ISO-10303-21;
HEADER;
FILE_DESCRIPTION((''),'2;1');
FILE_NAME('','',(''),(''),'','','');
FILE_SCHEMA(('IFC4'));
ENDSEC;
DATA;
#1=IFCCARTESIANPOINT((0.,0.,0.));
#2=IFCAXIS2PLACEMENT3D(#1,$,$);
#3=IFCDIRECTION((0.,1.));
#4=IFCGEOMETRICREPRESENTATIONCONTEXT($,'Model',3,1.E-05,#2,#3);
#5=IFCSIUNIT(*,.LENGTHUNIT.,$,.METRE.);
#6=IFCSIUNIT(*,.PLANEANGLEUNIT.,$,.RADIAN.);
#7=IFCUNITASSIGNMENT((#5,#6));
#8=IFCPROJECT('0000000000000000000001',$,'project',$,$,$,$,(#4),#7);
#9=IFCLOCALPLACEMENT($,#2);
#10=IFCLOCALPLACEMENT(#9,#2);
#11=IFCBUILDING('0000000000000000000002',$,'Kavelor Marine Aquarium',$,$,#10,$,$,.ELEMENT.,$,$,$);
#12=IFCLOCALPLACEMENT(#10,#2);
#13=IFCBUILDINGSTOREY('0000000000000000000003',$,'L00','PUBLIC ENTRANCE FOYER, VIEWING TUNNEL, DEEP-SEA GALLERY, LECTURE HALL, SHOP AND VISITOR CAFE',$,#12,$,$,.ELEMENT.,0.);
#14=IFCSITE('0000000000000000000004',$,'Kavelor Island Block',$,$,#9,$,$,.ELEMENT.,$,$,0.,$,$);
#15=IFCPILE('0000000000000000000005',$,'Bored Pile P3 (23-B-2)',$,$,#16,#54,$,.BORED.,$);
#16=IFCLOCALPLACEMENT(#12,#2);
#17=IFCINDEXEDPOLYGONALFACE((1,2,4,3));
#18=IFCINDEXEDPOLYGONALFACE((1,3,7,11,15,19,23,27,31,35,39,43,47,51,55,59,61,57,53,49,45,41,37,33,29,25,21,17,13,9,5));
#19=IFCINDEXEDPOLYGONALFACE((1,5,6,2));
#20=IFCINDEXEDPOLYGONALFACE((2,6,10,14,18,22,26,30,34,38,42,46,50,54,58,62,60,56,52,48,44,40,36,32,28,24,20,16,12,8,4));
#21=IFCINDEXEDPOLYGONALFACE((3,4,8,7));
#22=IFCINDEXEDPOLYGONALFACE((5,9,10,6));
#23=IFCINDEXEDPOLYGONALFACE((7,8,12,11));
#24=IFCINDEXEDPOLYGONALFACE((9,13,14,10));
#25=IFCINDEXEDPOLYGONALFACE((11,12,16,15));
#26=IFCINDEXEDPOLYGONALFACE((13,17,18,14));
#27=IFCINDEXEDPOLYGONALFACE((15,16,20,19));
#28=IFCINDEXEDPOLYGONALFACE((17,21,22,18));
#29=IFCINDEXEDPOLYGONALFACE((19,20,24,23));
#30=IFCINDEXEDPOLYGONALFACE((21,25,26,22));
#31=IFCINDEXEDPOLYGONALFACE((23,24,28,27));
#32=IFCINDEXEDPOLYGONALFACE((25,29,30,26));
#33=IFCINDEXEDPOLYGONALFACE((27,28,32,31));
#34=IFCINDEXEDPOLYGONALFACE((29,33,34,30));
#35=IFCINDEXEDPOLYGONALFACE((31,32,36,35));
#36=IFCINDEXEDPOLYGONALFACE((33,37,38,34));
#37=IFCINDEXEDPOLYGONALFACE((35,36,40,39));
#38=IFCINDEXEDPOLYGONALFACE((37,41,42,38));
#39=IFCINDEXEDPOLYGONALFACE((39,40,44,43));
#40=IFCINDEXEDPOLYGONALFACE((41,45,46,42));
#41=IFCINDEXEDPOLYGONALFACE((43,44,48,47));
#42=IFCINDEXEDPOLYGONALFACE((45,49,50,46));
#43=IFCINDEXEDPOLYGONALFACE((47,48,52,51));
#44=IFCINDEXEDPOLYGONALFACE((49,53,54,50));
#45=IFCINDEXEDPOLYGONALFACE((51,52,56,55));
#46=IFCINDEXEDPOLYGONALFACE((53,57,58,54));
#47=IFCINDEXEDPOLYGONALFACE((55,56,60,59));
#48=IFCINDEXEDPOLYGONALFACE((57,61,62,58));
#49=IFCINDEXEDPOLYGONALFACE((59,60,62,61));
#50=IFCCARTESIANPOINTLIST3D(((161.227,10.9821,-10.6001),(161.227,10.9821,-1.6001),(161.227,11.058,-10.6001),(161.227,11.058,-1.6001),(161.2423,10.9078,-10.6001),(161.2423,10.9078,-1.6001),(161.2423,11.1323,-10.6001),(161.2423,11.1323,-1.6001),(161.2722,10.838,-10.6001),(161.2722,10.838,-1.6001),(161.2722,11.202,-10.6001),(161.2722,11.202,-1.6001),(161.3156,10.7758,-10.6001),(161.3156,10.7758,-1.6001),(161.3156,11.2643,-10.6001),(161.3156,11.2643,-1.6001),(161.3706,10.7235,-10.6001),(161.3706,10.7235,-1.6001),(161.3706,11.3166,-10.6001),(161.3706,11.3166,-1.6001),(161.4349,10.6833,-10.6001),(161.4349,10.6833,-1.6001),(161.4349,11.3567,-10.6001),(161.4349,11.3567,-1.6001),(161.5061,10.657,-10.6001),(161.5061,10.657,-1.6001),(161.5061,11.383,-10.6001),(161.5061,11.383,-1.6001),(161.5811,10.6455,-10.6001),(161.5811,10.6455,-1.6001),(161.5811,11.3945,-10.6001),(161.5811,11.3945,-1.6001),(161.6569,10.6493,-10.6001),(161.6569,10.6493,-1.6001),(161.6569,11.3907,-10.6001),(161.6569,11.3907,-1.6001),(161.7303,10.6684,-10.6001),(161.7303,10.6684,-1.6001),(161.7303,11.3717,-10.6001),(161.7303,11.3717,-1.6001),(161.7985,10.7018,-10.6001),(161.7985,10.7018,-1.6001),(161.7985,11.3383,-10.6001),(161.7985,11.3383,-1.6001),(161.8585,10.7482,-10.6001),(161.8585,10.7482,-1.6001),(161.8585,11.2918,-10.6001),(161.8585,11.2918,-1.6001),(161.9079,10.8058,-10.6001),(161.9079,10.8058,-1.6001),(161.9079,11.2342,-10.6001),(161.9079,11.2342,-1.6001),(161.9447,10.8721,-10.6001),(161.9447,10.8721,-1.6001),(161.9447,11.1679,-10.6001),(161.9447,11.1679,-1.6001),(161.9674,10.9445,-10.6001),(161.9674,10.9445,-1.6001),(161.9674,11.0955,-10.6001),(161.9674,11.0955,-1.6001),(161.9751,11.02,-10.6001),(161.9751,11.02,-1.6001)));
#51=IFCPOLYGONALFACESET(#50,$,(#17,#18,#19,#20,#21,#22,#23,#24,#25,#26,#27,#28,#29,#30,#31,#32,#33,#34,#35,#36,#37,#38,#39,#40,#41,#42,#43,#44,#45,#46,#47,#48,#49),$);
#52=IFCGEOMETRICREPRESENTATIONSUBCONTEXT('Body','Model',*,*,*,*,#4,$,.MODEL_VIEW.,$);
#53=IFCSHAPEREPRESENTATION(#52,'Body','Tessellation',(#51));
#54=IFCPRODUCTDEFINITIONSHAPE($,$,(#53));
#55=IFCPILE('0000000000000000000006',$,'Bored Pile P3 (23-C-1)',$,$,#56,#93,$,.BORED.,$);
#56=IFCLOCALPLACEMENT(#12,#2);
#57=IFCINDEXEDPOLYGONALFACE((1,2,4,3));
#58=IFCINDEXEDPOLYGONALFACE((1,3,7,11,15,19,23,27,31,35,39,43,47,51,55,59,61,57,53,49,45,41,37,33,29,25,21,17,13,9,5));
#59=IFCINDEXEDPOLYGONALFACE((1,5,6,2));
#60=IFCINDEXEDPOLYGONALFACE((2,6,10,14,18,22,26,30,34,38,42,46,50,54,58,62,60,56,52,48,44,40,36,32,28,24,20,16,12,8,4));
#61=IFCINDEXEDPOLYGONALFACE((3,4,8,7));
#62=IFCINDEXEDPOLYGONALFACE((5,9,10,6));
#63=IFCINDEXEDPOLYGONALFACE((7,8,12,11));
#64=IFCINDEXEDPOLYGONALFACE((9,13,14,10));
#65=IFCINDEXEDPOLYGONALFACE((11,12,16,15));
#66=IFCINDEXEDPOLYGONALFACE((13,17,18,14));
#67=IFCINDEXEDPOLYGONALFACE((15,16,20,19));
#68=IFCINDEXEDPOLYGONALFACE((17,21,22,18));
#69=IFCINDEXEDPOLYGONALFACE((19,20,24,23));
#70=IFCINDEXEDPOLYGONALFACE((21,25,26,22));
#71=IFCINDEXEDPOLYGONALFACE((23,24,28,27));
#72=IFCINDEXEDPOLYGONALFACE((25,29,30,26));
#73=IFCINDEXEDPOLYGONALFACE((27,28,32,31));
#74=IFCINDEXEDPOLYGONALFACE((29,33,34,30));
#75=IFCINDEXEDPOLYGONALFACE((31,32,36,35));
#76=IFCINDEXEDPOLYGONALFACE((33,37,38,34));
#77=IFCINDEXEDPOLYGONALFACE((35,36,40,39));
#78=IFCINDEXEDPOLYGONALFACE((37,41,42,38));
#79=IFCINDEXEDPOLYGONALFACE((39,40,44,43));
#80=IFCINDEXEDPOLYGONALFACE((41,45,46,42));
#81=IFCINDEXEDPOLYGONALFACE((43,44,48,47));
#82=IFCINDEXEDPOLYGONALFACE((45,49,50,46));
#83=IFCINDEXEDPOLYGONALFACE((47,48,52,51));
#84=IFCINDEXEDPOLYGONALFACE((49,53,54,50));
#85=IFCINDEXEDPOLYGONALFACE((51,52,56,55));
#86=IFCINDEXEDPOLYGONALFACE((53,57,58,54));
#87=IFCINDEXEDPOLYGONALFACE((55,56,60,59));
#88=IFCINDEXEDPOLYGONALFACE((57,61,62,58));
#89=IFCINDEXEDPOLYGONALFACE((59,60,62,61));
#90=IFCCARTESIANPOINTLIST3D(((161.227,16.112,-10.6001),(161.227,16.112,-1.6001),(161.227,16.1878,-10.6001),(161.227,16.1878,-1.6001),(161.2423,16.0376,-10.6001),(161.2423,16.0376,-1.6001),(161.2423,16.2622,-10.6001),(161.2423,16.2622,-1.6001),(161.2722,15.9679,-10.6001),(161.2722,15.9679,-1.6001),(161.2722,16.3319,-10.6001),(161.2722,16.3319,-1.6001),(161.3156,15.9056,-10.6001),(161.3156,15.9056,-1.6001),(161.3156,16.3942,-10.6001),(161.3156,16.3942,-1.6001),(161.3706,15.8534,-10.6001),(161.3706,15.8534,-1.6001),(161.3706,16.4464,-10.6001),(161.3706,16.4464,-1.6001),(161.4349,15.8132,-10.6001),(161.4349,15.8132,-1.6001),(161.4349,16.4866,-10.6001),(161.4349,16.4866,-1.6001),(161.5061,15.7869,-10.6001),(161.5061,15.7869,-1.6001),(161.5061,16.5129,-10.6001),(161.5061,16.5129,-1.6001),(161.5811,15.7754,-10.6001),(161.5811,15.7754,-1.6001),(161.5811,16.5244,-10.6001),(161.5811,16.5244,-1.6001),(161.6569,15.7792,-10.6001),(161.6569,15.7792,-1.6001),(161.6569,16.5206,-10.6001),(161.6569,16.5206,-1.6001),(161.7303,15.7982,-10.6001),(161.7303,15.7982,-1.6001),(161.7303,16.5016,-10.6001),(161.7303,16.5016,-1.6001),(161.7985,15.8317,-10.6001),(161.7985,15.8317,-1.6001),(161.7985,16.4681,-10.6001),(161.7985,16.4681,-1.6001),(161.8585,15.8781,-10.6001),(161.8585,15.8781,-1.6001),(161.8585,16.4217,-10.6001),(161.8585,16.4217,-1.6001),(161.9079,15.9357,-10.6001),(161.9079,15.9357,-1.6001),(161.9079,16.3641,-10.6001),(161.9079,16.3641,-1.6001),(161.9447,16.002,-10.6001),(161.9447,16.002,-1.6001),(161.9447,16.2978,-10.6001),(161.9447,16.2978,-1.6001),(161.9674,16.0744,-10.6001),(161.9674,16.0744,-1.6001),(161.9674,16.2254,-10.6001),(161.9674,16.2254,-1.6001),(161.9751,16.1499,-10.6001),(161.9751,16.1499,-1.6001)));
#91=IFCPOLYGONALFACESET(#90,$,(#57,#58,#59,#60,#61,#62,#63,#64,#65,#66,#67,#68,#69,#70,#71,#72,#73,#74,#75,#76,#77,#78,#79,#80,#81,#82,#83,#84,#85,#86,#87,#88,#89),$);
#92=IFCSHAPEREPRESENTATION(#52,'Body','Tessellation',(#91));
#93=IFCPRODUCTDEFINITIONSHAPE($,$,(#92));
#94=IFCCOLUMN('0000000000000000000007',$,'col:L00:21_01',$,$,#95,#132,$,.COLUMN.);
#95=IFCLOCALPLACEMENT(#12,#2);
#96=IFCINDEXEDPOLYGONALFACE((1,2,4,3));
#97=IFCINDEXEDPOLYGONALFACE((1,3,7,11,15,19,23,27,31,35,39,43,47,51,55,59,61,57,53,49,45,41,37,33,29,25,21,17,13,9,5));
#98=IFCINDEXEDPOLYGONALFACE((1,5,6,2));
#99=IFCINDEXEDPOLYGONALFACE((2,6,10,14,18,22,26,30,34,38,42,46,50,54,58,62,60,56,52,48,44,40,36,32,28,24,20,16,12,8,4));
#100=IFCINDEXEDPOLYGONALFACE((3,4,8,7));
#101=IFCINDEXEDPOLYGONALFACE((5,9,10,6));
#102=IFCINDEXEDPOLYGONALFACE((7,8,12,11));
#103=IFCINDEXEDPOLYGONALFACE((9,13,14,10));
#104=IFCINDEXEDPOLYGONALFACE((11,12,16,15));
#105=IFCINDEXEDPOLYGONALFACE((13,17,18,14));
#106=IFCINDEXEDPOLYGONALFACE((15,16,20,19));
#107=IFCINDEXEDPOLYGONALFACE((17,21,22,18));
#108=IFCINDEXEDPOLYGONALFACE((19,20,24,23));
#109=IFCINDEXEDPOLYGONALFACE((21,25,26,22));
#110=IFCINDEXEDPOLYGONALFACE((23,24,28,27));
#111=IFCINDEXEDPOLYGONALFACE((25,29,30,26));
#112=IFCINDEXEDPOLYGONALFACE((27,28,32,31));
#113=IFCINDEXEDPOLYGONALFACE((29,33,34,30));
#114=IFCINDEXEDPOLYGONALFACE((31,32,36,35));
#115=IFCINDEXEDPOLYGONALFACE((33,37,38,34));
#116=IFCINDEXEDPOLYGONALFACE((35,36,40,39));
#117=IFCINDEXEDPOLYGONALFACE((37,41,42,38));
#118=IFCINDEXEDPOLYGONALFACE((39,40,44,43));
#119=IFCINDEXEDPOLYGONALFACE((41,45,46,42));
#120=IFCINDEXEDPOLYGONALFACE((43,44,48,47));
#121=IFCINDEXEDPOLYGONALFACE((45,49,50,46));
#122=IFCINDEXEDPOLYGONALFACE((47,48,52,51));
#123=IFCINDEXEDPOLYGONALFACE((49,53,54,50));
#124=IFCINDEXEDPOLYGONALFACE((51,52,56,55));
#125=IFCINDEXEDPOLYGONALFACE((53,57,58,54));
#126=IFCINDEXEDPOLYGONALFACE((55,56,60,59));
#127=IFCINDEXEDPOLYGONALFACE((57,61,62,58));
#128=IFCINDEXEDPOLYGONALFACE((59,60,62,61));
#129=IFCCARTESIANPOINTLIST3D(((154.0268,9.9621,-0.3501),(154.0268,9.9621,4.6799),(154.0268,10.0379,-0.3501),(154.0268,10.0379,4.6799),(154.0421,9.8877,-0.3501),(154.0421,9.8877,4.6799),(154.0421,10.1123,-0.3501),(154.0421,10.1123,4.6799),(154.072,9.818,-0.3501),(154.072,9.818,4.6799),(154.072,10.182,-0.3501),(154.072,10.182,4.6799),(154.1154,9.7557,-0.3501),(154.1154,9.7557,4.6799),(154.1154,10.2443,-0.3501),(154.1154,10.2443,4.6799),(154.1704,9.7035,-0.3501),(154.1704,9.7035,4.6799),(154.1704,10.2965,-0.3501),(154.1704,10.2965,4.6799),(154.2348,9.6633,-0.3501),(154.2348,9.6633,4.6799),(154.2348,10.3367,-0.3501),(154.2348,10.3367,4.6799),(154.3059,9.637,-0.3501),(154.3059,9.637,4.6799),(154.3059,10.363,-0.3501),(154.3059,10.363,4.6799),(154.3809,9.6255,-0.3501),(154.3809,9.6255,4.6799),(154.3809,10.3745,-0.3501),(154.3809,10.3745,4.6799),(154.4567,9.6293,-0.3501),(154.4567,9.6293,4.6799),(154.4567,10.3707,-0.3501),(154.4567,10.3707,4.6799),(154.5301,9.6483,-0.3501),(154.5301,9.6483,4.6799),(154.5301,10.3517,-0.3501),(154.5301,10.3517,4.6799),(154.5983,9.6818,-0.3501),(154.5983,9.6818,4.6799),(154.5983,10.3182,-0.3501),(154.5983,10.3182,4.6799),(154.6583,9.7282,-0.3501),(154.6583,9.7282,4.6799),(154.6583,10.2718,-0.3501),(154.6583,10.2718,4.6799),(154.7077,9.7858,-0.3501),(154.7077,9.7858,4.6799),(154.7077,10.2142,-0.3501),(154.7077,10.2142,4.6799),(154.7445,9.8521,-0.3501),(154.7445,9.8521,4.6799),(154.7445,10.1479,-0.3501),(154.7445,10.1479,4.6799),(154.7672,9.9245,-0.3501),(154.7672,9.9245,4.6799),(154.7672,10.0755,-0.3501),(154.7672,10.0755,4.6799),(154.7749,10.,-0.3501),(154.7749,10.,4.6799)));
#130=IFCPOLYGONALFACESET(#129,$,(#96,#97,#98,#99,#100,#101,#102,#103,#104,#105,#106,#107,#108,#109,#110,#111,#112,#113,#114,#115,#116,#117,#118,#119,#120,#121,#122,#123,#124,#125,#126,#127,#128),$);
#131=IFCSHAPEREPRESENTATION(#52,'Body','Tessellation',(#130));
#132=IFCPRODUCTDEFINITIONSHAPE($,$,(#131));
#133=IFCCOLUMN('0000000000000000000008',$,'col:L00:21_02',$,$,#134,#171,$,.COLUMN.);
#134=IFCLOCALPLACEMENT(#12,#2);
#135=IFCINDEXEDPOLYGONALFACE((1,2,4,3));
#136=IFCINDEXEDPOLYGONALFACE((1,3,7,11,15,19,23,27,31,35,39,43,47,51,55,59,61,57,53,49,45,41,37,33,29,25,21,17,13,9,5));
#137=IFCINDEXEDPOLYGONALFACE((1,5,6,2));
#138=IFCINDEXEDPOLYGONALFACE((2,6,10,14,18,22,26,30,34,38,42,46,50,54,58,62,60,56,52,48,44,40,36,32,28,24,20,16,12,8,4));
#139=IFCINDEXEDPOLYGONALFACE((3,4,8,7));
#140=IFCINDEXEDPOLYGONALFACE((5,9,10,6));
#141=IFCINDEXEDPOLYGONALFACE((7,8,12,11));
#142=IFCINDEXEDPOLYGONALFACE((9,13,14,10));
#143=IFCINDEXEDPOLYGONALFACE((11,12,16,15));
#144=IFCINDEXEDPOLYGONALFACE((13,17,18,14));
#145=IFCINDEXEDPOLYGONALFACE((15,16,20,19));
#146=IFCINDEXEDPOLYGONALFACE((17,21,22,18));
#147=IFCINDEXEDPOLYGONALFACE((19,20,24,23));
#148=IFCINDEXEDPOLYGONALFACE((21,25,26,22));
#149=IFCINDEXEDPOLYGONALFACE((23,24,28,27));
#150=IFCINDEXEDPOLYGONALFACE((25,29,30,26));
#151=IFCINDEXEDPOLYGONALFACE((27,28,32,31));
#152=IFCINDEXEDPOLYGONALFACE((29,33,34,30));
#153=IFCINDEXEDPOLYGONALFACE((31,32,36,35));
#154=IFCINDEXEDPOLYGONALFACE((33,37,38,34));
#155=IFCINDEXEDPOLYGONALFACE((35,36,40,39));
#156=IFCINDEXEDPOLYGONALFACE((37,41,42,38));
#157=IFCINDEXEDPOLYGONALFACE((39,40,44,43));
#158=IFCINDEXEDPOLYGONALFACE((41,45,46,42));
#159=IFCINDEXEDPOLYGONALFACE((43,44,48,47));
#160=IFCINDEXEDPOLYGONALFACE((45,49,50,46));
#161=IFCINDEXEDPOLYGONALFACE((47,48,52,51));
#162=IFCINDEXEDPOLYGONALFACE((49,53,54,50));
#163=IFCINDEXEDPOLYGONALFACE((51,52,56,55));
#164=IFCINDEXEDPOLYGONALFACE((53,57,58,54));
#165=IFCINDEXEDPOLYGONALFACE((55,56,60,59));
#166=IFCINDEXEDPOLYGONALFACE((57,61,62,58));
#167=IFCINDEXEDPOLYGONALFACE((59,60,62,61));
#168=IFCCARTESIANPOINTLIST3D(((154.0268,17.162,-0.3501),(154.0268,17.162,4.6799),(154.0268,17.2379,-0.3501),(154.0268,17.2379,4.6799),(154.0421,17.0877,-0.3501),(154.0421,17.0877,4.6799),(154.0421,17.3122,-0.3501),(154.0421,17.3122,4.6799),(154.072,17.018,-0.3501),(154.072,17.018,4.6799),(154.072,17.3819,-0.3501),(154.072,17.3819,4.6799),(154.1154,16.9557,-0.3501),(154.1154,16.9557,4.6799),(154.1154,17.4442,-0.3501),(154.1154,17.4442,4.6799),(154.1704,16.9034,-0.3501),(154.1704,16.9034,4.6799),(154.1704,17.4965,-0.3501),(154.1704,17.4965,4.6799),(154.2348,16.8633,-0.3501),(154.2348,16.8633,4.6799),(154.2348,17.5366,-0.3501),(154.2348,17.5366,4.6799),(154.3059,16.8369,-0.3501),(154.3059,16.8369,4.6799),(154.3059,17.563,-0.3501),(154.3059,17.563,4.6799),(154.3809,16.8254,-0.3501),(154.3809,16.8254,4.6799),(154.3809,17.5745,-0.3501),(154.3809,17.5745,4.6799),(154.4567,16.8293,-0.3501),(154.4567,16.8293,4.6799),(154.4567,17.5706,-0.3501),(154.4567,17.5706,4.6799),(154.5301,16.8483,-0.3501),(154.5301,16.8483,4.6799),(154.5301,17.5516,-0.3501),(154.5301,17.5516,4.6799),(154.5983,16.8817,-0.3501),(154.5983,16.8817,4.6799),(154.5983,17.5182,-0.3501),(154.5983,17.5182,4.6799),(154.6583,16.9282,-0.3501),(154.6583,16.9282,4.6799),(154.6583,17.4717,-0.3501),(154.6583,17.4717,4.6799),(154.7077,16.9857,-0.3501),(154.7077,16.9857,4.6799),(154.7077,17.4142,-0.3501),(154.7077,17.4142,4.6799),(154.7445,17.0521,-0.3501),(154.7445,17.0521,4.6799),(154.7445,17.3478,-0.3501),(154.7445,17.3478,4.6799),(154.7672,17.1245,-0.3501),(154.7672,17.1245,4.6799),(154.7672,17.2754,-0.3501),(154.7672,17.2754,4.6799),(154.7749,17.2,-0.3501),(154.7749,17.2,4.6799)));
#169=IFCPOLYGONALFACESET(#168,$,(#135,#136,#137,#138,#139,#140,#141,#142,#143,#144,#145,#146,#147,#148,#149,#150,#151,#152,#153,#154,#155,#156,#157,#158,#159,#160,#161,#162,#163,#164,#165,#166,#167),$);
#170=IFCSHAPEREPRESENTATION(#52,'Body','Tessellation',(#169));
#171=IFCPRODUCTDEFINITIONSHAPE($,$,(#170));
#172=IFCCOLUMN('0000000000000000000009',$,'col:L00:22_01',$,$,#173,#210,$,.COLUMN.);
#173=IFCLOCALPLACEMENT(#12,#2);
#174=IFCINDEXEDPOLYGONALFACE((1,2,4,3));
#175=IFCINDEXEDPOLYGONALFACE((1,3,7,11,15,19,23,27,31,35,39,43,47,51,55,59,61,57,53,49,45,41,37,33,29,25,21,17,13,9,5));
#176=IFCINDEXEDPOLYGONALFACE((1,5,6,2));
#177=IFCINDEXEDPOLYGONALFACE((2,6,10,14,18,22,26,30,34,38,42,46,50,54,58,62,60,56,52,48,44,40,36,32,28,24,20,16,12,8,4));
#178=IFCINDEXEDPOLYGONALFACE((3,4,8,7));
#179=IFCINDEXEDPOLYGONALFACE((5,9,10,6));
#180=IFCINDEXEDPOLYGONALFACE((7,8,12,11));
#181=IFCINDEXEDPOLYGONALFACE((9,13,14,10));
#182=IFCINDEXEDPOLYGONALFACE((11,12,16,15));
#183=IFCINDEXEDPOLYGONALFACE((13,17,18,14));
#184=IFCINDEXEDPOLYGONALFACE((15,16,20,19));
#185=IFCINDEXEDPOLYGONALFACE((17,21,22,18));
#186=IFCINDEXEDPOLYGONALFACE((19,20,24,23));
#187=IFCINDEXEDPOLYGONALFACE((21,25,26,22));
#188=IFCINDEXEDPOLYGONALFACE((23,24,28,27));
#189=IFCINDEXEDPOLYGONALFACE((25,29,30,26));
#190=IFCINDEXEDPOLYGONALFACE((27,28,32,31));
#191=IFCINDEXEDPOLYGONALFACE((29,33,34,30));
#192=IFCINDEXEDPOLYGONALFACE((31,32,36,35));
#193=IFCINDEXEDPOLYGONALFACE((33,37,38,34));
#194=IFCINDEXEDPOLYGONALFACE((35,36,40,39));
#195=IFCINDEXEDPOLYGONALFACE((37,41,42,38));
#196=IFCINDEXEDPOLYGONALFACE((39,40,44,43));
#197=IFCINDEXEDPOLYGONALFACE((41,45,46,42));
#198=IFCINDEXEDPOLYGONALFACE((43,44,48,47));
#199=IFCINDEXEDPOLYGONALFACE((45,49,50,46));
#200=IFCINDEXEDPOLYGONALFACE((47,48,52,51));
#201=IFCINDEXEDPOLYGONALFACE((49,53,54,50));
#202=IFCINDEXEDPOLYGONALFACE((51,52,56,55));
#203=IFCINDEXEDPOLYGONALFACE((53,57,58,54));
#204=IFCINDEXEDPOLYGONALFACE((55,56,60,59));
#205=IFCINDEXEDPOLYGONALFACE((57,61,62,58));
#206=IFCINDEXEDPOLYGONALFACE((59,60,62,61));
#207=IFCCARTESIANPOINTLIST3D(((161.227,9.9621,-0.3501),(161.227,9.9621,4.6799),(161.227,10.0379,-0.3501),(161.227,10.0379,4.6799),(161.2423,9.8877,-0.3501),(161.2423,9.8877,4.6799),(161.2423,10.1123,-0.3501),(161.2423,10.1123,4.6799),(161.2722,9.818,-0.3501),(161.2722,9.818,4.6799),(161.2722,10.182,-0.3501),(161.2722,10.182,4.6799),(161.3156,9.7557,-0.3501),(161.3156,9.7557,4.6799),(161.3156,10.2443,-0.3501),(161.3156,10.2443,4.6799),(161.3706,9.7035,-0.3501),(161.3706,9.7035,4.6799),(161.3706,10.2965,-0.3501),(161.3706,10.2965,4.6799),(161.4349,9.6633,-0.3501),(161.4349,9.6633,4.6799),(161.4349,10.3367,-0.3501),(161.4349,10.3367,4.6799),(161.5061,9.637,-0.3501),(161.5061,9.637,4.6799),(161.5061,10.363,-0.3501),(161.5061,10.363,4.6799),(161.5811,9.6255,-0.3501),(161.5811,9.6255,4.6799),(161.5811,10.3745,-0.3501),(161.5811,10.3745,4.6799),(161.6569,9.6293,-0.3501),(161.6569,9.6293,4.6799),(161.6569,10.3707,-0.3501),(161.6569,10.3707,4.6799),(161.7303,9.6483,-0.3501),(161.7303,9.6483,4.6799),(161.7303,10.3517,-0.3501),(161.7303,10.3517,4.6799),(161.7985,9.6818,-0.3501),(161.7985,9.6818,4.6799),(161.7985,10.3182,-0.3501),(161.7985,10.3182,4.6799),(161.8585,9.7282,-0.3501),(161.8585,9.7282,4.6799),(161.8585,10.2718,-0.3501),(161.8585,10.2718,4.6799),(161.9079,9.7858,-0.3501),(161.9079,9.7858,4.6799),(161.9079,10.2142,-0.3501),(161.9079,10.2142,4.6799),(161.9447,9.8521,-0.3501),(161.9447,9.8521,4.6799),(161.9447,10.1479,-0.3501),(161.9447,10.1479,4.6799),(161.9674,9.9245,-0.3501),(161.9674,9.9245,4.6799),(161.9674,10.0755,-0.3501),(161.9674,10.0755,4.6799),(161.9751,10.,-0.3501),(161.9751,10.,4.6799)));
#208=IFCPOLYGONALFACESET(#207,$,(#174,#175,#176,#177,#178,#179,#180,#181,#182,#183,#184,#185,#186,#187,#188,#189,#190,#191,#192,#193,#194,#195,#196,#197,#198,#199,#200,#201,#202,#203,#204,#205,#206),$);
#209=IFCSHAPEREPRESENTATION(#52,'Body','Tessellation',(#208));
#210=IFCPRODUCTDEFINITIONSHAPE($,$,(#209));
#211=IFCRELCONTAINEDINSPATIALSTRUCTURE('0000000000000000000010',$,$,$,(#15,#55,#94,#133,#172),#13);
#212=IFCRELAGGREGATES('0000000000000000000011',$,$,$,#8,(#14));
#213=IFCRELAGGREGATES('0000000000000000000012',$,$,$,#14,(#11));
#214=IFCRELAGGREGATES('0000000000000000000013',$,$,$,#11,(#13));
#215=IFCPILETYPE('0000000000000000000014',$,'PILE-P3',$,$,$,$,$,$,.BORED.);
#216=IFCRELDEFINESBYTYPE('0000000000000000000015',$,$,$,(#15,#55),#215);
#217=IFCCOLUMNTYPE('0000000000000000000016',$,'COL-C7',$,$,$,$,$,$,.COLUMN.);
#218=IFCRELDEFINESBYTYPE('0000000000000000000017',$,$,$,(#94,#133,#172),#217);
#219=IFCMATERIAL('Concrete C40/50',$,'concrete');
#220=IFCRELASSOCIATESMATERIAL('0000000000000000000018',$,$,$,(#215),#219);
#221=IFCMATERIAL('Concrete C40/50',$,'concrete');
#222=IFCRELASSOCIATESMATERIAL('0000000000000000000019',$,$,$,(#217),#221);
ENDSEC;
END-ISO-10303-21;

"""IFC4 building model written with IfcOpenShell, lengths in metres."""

from ifc_helpers import new_model, si_unit, direction, frame, origin, origin_2d, place, context, subcontext, project, spatial, circle, extrude, material, material_profile, profile_set, type_object, element, save


model = new_model("IFC4")

# Units and contexts
model_context = context("Model", 3, precision=1e-05, world=origin(), true_north=direction((0.0, 1.0)))
body_context = subcontext(model_context, "Body", "Model", "MODEL_VIEW")
ifc_project = project(units=[si_unit("LENGTHUNIT", "METRE"), si_unit("PLANEANGLEUNIT", "RADIAN")], contexts=[model_context])

# Site, building, storey
site_placement = place(None, origin())
site = spatial("IfcSite", under=ifc_project, at=site_placement, Name="Kavelor Island Block", CompositionType="ELEMENT", RefElevation=0.0)
building_placement = place(site_placement, origin())
building = spatial("IfcBuilding", under=site, at=building_placement, Name="Kavelor Marine Aquarium", CompositionType="ELEMENT")
storey_placement = place(building_placement, origin())
storey = spatial("IfcBuildingStorey", under=building, at=storey_placement, Name="L00", Description="PUBLIC ENTRANCE FOYER, VIEWING TUNNEL, DEEP-SEA GALLERY, LECTURE HALL, SHOP AND VISITOR CAFE", CompositionType="ELEMENT", Elevation=0.0)

# Piles
ifc_material_1 = material(Name="Concrete C40/50", Category="concrete")
ifc_material_profile_1 = material_profile(ifc_material_1, circle(Radius=0.375, at=origin_2d()), Name="PILE D750")
ifc_profile_set_1 = profile_set([ifc_material_profile_1], Name="Concrete C40/50")
pile_type = type_object("IfcPileType", Name="PILE-P3", PredefinedType="BORED", material=ifc_profile_set_1)
for number, where, z_axis, x_axis, name in (
    (1, (161.6001, 11.02, -1.6001), (0.0, 0.0, -1.0), (1.0, 0.0, 0.0), "Bored Pile P3 (23-B-2)"),
    (2, (161.6001, 16.1499, -1.6001), (0.0, 0.0, -1.0), (1.0, 0.0, 0.0), "Bored Pile P3 (23-C-1)"),
):
    element("IfcPile", number, at=place(storey_placement, frame(where, z_axis=z_axis, x_axis=x_axis)), inside=storey, type_object=pile_type, Name=name, PredefinedType="BORED", context=body_context, shape_type="SweptSolid", body=[
        extrude(circle(Radius=0.375, at=origin_2d()), origin(), (0.0, 0.0, 1.0), 9.0),
    ])

# Columns
ifc_material_2 = material(Name="Concrete C40/50", Category="concrete")
ifc_material_profile_2 = material_profile(ifc_material_2, circle(Radius=0.375, at=origin_2d()), Name="RC-COL D750")
ifc_profile_set_2 = profile_set([ifc_material_profile_2], Name="Concrete C40/50")
column_type = type_object("IfcColumnType", Name="COL-C7", PredefinedType="COLUMN", material=ifc_profile_set_2)
for number, where, z_axis, x_axis, name in (
    (3, (154.3999, 10.0, -0.3501), (0.0, 0.0, 1.0), (1.0, 0.0, 0.0), "col:L00:21_01"),
    (4, (154.3999, 17.2, -0.3501), (0.0, 0.0, 1.0), (1.0, 0.0, 0.0), "col:L00:21_02"),
    (5, (161.6001, 10.0, -0.3501), (0.0, 0.0, 1.0), (1.0, 0.0, 0.0), "col:L00:22_01"),
):
    element("IfcColumn", number, at=place(storey_placement, frame(where, z_axis=z_axis, x_axis=x_axis)), inside=storey, type_object=column_type, Name=name, PredefinedType="COLUMN", context=body_context, shape_type="SweptSolid", body=[
        extrude(circle(Radius=0.375, at=origin_2d()), origin(), (0.0, 0.0, 1.0), 5.03),
    ])

save(model, "model.ifc")
